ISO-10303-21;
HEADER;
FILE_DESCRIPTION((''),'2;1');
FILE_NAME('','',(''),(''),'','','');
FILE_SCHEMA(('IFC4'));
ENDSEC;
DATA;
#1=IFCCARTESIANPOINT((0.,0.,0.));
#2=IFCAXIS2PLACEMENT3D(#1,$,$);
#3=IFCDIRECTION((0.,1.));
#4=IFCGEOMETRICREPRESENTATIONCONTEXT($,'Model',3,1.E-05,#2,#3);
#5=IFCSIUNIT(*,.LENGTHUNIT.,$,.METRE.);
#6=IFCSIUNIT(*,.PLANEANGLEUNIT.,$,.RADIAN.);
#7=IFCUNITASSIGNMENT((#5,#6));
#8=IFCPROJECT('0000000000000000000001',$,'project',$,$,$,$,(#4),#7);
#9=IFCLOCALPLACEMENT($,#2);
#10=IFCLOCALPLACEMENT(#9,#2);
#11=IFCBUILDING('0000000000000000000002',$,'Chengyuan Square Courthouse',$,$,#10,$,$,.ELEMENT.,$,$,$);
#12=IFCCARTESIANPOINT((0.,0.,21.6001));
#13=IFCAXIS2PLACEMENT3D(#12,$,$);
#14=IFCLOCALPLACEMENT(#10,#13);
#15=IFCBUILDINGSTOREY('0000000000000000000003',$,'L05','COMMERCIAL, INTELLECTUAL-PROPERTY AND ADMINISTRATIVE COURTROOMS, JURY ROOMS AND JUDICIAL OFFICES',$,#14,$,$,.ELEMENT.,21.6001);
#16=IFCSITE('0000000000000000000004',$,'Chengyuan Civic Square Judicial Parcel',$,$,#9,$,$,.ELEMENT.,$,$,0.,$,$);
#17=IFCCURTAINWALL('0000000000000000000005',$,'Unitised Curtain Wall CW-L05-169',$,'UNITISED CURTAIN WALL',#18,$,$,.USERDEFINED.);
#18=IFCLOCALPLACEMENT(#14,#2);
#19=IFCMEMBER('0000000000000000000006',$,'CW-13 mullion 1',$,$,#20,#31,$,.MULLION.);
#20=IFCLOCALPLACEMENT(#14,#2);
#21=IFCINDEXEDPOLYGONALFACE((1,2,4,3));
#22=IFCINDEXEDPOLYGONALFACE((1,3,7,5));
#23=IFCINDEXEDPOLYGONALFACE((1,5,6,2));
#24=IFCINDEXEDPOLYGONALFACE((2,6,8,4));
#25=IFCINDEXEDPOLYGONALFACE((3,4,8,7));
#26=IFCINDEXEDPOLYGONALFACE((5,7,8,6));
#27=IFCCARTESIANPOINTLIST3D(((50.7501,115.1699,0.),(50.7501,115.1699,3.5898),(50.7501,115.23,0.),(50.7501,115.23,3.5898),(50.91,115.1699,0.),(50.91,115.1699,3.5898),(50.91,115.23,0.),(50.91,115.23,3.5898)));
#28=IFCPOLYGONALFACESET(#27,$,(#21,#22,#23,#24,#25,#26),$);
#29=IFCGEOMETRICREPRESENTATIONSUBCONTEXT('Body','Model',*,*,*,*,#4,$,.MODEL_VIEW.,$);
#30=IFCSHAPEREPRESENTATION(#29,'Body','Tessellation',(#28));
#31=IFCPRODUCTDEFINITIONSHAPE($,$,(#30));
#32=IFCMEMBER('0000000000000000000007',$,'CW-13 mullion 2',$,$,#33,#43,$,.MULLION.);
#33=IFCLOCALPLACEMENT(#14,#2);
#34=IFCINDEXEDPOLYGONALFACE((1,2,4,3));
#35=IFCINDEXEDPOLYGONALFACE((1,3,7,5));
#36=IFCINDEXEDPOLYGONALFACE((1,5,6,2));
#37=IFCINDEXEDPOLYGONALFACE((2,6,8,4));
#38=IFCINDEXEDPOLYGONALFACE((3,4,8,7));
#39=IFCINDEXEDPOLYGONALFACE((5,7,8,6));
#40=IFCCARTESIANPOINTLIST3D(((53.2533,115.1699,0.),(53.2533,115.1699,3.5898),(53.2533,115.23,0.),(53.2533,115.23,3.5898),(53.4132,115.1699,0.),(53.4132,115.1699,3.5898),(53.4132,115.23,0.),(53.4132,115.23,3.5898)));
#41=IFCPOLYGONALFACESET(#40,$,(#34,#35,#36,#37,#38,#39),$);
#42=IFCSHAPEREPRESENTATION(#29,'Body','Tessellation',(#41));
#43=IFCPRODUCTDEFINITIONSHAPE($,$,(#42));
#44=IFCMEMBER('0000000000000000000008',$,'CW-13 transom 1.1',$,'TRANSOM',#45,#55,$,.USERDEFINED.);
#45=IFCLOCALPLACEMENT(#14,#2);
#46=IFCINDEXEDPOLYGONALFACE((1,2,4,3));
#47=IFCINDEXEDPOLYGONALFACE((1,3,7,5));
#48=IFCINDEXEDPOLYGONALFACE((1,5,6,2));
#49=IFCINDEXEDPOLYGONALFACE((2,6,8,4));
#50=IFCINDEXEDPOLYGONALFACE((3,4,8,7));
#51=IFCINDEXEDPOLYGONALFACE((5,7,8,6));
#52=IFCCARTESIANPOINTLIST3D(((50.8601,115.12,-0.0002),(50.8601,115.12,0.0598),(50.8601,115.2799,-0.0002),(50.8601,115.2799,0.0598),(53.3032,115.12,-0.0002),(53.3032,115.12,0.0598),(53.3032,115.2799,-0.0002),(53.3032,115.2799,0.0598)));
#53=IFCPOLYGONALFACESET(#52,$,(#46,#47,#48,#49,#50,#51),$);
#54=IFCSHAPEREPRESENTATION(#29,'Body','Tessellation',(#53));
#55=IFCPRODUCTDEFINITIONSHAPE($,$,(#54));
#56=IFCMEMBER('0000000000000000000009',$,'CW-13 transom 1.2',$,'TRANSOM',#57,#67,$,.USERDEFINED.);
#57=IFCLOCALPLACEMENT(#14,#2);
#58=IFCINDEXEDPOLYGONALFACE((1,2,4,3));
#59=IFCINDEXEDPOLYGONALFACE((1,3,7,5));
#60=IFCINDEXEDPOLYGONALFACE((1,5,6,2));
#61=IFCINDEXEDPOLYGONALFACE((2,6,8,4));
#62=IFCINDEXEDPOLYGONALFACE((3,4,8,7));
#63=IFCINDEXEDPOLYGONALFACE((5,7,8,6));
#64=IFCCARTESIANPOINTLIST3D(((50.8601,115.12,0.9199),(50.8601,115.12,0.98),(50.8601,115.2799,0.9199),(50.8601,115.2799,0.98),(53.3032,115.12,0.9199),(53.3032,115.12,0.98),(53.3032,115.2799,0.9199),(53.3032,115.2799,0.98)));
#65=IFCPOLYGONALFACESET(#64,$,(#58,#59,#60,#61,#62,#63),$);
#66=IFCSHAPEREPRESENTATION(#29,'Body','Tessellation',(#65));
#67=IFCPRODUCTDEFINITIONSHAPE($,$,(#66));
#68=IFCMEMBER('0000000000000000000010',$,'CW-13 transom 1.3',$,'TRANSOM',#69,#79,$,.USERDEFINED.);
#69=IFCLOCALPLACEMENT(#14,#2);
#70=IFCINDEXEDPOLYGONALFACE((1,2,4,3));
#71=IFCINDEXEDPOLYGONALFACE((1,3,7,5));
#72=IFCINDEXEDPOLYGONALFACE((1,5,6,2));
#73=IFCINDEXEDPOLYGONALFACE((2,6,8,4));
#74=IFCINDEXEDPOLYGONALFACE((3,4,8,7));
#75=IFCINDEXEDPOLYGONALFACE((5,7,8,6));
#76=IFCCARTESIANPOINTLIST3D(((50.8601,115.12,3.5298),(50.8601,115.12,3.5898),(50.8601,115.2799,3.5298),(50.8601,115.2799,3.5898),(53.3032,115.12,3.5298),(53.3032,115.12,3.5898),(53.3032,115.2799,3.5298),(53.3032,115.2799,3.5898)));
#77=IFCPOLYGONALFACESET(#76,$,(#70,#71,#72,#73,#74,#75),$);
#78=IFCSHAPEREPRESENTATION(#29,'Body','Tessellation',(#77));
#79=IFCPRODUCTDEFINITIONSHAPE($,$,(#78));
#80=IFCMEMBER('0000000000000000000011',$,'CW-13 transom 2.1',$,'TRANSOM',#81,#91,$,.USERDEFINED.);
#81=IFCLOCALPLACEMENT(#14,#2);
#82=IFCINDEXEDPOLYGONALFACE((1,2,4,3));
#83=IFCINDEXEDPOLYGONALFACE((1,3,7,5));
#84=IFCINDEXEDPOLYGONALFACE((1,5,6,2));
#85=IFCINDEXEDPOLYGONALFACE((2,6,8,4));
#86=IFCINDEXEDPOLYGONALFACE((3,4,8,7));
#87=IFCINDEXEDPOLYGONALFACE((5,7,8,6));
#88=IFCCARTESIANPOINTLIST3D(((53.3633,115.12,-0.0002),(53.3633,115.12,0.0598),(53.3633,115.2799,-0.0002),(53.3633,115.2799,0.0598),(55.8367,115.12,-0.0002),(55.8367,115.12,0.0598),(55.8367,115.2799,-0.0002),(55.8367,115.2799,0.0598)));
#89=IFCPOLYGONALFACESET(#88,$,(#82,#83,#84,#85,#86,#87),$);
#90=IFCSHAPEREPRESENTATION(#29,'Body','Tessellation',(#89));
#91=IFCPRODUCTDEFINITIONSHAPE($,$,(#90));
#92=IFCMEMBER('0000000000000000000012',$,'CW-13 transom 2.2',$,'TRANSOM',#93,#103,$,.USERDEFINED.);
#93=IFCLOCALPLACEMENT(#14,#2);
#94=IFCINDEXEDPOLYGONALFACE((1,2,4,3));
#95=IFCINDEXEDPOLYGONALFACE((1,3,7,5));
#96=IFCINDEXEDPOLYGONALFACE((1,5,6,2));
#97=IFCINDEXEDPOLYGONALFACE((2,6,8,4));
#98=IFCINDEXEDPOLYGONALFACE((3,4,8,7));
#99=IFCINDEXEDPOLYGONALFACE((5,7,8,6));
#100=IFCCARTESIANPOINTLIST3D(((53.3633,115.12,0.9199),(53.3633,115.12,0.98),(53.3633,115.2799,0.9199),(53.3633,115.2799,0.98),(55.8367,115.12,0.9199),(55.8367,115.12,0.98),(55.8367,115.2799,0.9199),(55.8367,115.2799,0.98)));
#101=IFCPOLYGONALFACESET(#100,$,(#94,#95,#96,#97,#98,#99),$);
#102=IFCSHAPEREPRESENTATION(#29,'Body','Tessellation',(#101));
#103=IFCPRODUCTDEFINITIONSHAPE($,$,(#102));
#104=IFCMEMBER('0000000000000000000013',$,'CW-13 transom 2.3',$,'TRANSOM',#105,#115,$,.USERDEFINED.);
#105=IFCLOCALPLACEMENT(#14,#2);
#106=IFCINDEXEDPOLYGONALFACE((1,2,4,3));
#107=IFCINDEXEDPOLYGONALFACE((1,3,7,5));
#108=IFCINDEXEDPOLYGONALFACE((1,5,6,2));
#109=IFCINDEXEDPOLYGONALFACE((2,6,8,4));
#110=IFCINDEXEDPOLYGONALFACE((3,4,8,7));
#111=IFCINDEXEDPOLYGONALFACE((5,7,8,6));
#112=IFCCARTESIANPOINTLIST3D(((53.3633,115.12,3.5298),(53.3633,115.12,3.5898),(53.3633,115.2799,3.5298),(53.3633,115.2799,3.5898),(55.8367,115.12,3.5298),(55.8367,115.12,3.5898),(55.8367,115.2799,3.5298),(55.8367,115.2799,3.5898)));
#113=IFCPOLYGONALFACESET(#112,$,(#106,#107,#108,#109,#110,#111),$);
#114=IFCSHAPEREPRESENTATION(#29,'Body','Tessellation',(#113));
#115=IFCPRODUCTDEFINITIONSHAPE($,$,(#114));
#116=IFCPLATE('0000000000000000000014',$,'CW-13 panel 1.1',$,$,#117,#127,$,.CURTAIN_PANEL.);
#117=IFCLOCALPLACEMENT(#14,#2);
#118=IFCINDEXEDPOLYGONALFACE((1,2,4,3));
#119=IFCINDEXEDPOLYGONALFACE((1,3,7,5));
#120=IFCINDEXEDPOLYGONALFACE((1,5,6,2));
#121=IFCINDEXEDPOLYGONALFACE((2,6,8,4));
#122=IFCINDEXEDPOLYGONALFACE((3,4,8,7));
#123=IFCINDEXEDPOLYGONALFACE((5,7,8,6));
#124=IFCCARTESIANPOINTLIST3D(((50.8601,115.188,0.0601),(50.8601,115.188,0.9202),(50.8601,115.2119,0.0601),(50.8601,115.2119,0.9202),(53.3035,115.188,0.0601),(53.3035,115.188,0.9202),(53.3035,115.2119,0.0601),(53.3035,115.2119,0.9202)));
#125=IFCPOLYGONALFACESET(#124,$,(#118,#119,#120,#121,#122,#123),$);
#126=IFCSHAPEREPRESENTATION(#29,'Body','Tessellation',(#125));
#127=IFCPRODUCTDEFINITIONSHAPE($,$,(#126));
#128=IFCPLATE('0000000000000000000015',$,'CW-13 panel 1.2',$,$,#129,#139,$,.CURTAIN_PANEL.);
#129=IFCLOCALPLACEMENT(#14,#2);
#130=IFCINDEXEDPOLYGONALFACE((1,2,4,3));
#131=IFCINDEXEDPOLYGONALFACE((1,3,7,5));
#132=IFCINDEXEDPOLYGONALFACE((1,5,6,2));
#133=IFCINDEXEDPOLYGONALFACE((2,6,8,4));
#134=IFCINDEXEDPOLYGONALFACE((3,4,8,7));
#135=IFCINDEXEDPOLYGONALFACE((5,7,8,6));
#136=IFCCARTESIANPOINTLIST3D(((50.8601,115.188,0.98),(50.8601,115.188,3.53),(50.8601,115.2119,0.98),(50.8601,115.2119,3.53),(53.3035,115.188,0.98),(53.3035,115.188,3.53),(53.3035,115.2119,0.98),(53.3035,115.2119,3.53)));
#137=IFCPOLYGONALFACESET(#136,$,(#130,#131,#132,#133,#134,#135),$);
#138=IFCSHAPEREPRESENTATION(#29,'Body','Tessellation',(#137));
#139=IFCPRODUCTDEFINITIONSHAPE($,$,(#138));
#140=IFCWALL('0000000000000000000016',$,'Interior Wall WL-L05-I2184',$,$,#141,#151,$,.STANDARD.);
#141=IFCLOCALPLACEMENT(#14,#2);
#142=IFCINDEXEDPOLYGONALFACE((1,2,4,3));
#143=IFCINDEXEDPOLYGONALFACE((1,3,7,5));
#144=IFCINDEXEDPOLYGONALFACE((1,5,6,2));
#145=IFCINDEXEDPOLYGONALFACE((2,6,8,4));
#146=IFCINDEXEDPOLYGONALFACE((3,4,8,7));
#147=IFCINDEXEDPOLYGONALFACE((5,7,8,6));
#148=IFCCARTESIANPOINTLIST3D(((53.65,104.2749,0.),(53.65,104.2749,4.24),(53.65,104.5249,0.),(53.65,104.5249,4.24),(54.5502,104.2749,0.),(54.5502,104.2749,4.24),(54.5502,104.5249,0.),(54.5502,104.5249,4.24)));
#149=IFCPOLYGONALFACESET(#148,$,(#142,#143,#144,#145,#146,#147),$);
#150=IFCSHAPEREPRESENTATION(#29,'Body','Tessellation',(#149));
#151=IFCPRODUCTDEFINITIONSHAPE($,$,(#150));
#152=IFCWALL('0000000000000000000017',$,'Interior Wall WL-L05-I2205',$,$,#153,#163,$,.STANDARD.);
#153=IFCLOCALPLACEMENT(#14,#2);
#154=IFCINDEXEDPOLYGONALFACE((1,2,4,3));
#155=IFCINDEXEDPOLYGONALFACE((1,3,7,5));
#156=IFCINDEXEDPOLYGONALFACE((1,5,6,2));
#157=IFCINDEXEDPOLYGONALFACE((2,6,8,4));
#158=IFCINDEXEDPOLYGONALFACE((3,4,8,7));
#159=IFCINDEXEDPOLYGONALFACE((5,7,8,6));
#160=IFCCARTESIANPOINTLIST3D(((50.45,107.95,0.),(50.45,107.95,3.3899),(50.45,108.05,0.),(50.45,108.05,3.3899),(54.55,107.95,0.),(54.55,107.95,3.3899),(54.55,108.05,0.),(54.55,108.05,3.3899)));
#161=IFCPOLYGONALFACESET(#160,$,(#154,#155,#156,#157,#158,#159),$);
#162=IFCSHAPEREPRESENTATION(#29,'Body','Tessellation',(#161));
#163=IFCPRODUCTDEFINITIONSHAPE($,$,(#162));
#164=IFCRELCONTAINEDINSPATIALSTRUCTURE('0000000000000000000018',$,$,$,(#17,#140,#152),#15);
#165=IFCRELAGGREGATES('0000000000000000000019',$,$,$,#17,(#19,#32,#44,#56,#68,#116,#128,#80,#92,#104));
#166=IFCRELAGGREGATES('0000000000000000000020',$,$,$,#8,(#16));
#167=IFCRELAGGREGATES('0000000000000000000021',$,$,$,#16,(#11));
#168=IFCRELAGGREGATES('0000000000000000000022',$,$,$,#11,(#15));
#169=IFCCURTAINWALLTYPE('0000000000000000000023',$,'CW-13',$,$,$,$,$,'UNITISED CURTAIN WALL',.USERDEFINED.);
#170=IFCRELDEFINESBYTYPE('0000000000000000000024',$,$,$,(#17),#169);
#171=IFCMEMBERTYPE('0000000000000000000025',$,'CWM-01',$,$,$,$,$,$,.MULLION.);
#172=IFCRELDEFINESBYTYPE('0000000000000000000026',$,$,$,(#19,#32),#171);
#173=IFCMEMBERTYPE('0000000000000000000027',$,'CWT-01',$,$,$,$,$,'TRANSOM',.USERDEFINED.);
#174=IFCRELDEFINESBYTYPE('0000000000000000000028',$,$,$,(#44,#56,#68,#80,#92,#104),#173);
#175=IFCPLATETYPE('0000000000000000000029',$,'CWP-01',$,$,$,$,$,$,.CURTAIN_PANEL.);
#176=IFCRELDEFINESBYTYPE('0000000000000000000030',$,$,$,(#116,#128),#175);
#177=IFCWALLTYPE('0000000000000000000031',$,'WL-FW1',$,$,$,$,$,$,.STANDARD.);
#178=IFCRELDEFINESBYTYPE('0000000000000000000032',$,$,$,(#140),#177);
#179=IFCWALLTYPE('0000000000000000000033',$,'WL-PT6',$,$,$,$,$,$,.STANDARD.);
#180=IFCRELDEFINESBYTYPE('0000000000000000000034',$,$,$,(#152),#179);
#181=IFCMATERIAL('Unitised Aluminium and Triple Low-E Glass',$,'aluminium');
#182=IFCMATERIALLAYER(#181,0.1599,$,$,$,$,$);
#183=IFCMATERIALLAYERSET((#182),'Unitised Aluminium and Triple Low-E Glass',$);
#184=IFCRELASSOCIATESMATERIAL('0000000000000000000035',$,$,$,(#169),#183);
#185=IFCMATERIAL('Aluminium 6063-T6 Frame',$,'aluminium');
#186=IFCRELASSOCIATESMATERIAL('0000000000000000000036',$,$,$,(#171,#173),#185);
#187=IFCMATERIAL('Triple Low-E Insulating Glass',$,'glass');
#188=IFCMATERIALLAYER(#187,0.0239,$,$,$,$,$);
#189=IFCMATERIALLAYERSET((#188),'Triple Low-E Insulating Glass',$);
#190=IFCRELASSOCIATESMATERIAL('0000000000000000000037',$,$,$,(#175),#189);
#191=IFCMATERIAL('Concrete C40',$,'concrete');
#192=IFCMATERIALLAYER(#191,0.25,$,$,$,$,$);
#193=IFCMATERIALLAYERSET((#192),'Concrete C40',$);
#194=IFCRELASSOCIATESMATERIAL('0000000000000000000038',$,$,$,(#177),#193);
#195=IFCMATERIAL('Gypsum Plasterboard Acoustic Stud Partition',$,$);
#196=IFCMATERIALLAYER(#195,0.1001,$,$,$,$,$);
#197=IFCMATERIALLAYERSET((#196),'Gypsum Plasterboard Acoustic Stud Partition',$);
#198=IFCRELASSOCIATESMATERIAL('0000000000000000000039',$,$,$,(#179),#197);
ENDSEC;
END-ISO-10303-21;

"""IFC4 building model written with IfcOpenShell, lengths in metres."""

from ifc_helpers import new_model, si_unit, direction, frame, frame_2d, origin, origin_2d, place, context, subcontext, project, spatial, rectangle, extrude, material, layer, layer_set, material_profile, profile_set, type_object, element, aggregate, save


model = new_model("IFC4")

# Units and contexts
model_context = context("Model", 3, precision=1e-05, world=origin(), true_north=direction((0.0, 1.0)))
body_context = subcontext(model_context, "Body", "Model", "MODEL_VIEW")
ifc_project = project(units=[si_unit("LENGTHUNIT", "METRE"), si_unit("PLANEANGLEUNIT", "RADIAN")], contexts=[model_context])

# Site, building, storey
site_placement = place(None, origin())
site = spatial("IfcSite", under=ifc_project, at=site_placement, Name="Chengyuan Civic Square Judicial Parcel", CompositionType="ELEMENT", RefElevation=0.0)
building_placement = place(site_placement, origin())
building = spatial("IfcBuilding", under=site, at=building_placement, Name="Chengyuan Square Courthouse", CompositionType="ELEMENT")
storey_placement = place(building_placement, frame((0.0, 0.0, 21.6001)))
storey = spatial("IfcBuildingStorey", under=building, at=storey_placement, Name="L05", Description="COMMERCIAL, INTELLECTUAL-PROPERTY AND ADMINISTRATIVE COURTROOMS, JURY ROOMS AND JUDICIAL OFFICES", CompositionType="ELEMENT", Elevation=21.6001)

# Curtain wall, members, plates
ifc_material_1 = material(Name="Unitised Aluminium and Triple Low-E Glass", Category="aluminium")
ifc_layer_1 = layer(ifc_material_1, 0.1599)
ifc_layer_set_1 = layer_set([ifc_layer_1], Name="Unitised Aluminium and Triple Low-E Glass")
curtain_wall_type = type_object("IfcCurtainWallType", Name="CW-13", ElementType="UNITISED CURTAIN WALL", PredefinedType="USERDEFINED", material=ifc_layer_set_1)
curtain_wall_placement = place(storey_placement, origin())
curtain_wall = element("IfcCurtainWall", 1, at=curtain_wall_placement, inside=storey, type_object=curtain_wall_type, Name="Unitised Curtain Wall CW-L05-169", ObjectType="UNITISED CURTAIN WALL", PredefinedType="USERDEFINED")
ifc_material_2 = material(Name="Aluminium 6063-T6 Frame", Category="aluminium")
ifc_material_profile_1 = material_profile(ifc_material_2, rectangle(XDim=0.0601, YDim=0.1599, at=origin_2d()), Name="CW-MUL-60x160")
ifc_profile_set_1 = profile_set([ifc_material_profile_1], Name="Aluminium 6063-T6 Frame")
member_type_1 = type_object("IfcMemberType", Name="CWM-01", PredefinedType="MULLION", material=ifc_profile_set_1)
member_1_placement = place(storey_placement, frame((50.8301, 115.2, 0.0), z_axis=(0.0, 0.0, 1.0), x_axis=(0.0, 1.0, 0.0)))
member_1 = element("IfcMember", 2, at=member_1_placement, type_object=member_type_1, Name="CW-13 mullion 1", PredefinedType="MULLION", context=body_context, shape_type="SweptSolid", body=[
    extrude(rectangle(XDim=0.0601, YDim=0.1599, at=origin_2d()), origin(), (0.0, 0.0, 1.0), 3.5898),
])
member_2_placement = place(storey_placement, frame((53.3333, 115.2, 0.0), z_axis=(0.0, 0.0, 1.0), x_axis=(0.0, 1.0, 0.0)))
member_2 = element("IfcMember", 3, at=member_2_placement, type_object=member_type_1, Name="CW-13 mullion 2", PredefinedType="MULLION", context=body_context, shape_type="SweptSolid", body=[
    extrude(rectangle(XDim=0.0601, YDim=0.1599, at=origin_2d()), origin(), (0.0, 0.0, 1.0), 3.5898),
])
ifc_material_profile_2 = material_profile(ifc_material_2, rectangle(XDim=0.1599, YDim=0.0601, at=origin_2d()), Name="CW-TRN-60x120")
ifc_profile_set_2 = profile_set([ifc_material_profile_2], Name="Aluminium 6063-T6 Frame")
member_type_2 = type_object("IfcMemberType", Name="CWT-01", ElementType="TRANSOM", PredefinedType="USERDEFINED", material=ifc_profile_set_2)
member_3_placement = place(storey_placement, frame((50.8601, 115.2, 0.0298), z_axis=(1.0, 0.0, 0.0), x_axis=(0.0, 1.0, 0.0)))
member_3 = element("IfcMember", 4, at=member_3_placement, type_object=member_type_2, Name="CW-13 transom 1.1", ObjectType="TRANSOM", PredefinedType="USERDEFINED", context=body_context, shape_type="SweptSolid", body=[
    extrude(rectangle(XDim=0.1599, YDim=0.0601, at=origin_2d()), origin(), (0.0, 0.0, 1.0), 2.4431),
])
member_4_placement = place(storey_placement, frame((50.8601, 115.2, 0.95), z_axis=(1.0, 0.0, 0.0), x_axis=(0.0, 1.0, 0.0)))
member_4 = element("IfcMember", 5, at=member_4_placement, type_object=member_type_2, Name="CW-13 transom 1.2", ObjectType="TRANSOM", PredefinedType="USERDEFINED", context=body_context, shape_type="SweptSolid", body=[
    extrude(rectangle(XDim=0.1599, YDim=0.0601, at=origin_2d()), origin(), (0.0, 0.0, 1.0), 2.4431),
])
member_5_placement = place(storey_placement, frame((50.8601, 115.2, 3.5598), z_axis=(1.0, 0.0, 0.0), x_axis=(0.0, 1.0, 0.0)))
member_5 = element("IfcMember", 6, at=member_5_placement, type_object=member_type_2, Name="CW-13 transom 1.3", ObjectType="TRANSOM", PredefinedType="USERDEFINED", context=body_context, shape_type="SweptSolid", body=[
    extrude(rectangle(XDim=0.1599, YDim=0.0601, at=origin_2d()), origin(), (0.0, 0.0, 1.0), 2.4431),
])
member_6_placement = place(storey_placement, frame((53.3633, 115.2, 0.0298), z_axis=(1.0, 0.0, 0.0), x_axis=(0.0, 1.0, 0.0)))
member_6 = element("IfcMember", 7, at=member_6_placement, type_object=member_type_2, Name="CW-13 transom 2.1", ObjectType="TRANSOM", PredefinedType="USERDEFINED", context=body_context, shape_type="SweptSolid", body=[
    extrude(rectangle(XDim=0.1599, YDim=0.0601, at=origin_2d()), origin(), (0.0, 0.0, 1.0), 2.4734),
])
member_7_placement = place(storey_placement, frame((53.3633, 115.2, 0.95), z_axis=(1.0, 0.0, 0.0), x_axis=(0.0, 1.0, 0.0)))
member_7 = element("IfcMember", 8, at=member_7_placement, type_object=member_type_2, Name="CW-13 transom 2.2", ObjectType="TRANSOM", PredefinedType="USERDEFINED", context=body_context, shape_type="SweptSolid", body=[
    extrude(rectangle(XDim=0.1599, YDim=0.0601, at=origin_2d()), origin(), (0.0, 0.0, 1.0), 2.4734),
])
member_8_placement = place(storey_placement, frame((53.3633, 115.2, 3.5598), z_axis=(1.0, 0.0, 0.0), x_axis=(0.0, 1.0, 0.0)))
member_8 = element("IfcMember", 9, at=member_8_placement, type_object=member_type_2, Name="CW-13 transom 2.3", ObjectType="TRANSOM", PredefinedType="USERDEFINED", context=body_context, shape_type="SweptSolid", body=[
    extrude(rectangle(XDim=0.1599, YDim=0.0601, at=origin_2d()), origin(), (0.0, 0.0, 1.0), 2.4734),
])
ifc_material_3 = material(Name="Triple Low-E Insulating Glass", Category="glass")
ifc_layer_2 = layer(ifc_material_3, 0.0239)
ifc_layer_set_2 = layer_set([ifc_layer_2], Name="Triple Low-E Insulating Glass")
plate_type = type_object("IfcPlateType", Name="CWP-01", PredefinedType="CURTAIN_PANEL", material=ifc_layer_set_2)
plate_1_placement = place(storey_placement, frame((52.0818, 115.2, 0.0601), z_axis=(0.0, 0.0, 1.0), x_axis=(1.0, 0.0, 0.0)))
plate_1 = element("IfcPlate", 10, at=plate_1_placement, type_object=plate_type, Name="CW-13 panel 1.1", PredefinedType="CURTAIN_PANEL", context=body_context, shape_type="SweptSolid", body=[
    extrude(rectangle(XDim=2.4434, YDim=0.0239, at=origin_2d()), origin(), (0.0, 0.0, 1.0), 0.8601),
])
plate_2_placement = place(storey_placement, frame((52.0818, 115.2, 0.98), z_axis=(0.0, 0.0, 1.0), x_axis=(1.0, 0.0, 0.0)))
plate_2 = element("IfcPlate", 11, at=plate_2_placement, type_object=plate_type, Name="CW-13 panel 1.2", PredefinedType="CURTAIN_PANEL", context=body_context, shape_type="SweptSolid", body=[
    extrude(rectangle(XDim=2.4434, YDim=0.0239, at=origin_2d()), origin(), (0.0, 0.0, 1.0), 2.55),
])
aggregate(curtain_wall, [member_1, member_2, member_3, member_4, member_5, plate_1, plate_2, member_6, member_7, member_8])

# Walls
ifc_material_4 = material(Name="Concrete C40", Category="concrete")
ifc_layer_3 = layer(ifc_material_4, 0.25)
ifc_layer_set_3 = layer_set([ifc_layer_3], Name="Concrete C40")
wall_type_1 = type_object("IfcWallType", Name="WL-FW1", PredefinedType="STANDARD", material=ifc_layer_set_3)
wall_1_placement = place(storey_placement, frame((53.6499, 104.3999, 0.0), z_axis=(0.0, 0.0, 1.0), x_axis=(1.0, 0.0, 0.0)))
element("IfcWall", 12, at=wall_1_placement, inside=storey, type_object=wall_type_1, Name="Interior Wall WL-L05-I2184", PredefinedType="STANDARD", context=body_context, shape_type="SweptSolid", body=[
    extrude(rectangle(XDim=0.9001, YDim=0.25, at=frame_2d((0.4502, 0.0))), origin(), (0.0, 0.0, 1.0), 4.24),
])
ifc_material_5 = material(Name="Gypsum Plasterboard Acoustic Stud Partition")
ifc_layer_4 = layer(ifc_material_5, 0.1001)
ifc_layer_set_4 = layer_set([ifc_layer_4], Name="Gypsum Plasterboard Acoustic Stud Partition")
wall_type_2 = type_object("IfcWallType", Name="WL-PT6", PredefinedType="STANDARD", material=ifc_layer_set_4)
wall_2_placement = place(storey_placement, frame((50.45, 108.0, 0.0), z_axis=(0.0, 0.0, 1.0), x_axis=(1.0, 0.0, 0.0)))
element("IfcWall", 13, at=wall_2_placement, inside=storey, type_object=wall_type_2, Name="Interior Wall WL-L05-I2205", PredefinedType="STANDARD", context=body_context, shape_type="SweptSolid", body=[
    extrude(rectangle(XDim=4.1001, YDim=0.1001, at=frame_2d((2.05, 0.0))), origin(), (0.0, 0.0, 1.0), 3.3899),
])

save(model, "model.ifc")
